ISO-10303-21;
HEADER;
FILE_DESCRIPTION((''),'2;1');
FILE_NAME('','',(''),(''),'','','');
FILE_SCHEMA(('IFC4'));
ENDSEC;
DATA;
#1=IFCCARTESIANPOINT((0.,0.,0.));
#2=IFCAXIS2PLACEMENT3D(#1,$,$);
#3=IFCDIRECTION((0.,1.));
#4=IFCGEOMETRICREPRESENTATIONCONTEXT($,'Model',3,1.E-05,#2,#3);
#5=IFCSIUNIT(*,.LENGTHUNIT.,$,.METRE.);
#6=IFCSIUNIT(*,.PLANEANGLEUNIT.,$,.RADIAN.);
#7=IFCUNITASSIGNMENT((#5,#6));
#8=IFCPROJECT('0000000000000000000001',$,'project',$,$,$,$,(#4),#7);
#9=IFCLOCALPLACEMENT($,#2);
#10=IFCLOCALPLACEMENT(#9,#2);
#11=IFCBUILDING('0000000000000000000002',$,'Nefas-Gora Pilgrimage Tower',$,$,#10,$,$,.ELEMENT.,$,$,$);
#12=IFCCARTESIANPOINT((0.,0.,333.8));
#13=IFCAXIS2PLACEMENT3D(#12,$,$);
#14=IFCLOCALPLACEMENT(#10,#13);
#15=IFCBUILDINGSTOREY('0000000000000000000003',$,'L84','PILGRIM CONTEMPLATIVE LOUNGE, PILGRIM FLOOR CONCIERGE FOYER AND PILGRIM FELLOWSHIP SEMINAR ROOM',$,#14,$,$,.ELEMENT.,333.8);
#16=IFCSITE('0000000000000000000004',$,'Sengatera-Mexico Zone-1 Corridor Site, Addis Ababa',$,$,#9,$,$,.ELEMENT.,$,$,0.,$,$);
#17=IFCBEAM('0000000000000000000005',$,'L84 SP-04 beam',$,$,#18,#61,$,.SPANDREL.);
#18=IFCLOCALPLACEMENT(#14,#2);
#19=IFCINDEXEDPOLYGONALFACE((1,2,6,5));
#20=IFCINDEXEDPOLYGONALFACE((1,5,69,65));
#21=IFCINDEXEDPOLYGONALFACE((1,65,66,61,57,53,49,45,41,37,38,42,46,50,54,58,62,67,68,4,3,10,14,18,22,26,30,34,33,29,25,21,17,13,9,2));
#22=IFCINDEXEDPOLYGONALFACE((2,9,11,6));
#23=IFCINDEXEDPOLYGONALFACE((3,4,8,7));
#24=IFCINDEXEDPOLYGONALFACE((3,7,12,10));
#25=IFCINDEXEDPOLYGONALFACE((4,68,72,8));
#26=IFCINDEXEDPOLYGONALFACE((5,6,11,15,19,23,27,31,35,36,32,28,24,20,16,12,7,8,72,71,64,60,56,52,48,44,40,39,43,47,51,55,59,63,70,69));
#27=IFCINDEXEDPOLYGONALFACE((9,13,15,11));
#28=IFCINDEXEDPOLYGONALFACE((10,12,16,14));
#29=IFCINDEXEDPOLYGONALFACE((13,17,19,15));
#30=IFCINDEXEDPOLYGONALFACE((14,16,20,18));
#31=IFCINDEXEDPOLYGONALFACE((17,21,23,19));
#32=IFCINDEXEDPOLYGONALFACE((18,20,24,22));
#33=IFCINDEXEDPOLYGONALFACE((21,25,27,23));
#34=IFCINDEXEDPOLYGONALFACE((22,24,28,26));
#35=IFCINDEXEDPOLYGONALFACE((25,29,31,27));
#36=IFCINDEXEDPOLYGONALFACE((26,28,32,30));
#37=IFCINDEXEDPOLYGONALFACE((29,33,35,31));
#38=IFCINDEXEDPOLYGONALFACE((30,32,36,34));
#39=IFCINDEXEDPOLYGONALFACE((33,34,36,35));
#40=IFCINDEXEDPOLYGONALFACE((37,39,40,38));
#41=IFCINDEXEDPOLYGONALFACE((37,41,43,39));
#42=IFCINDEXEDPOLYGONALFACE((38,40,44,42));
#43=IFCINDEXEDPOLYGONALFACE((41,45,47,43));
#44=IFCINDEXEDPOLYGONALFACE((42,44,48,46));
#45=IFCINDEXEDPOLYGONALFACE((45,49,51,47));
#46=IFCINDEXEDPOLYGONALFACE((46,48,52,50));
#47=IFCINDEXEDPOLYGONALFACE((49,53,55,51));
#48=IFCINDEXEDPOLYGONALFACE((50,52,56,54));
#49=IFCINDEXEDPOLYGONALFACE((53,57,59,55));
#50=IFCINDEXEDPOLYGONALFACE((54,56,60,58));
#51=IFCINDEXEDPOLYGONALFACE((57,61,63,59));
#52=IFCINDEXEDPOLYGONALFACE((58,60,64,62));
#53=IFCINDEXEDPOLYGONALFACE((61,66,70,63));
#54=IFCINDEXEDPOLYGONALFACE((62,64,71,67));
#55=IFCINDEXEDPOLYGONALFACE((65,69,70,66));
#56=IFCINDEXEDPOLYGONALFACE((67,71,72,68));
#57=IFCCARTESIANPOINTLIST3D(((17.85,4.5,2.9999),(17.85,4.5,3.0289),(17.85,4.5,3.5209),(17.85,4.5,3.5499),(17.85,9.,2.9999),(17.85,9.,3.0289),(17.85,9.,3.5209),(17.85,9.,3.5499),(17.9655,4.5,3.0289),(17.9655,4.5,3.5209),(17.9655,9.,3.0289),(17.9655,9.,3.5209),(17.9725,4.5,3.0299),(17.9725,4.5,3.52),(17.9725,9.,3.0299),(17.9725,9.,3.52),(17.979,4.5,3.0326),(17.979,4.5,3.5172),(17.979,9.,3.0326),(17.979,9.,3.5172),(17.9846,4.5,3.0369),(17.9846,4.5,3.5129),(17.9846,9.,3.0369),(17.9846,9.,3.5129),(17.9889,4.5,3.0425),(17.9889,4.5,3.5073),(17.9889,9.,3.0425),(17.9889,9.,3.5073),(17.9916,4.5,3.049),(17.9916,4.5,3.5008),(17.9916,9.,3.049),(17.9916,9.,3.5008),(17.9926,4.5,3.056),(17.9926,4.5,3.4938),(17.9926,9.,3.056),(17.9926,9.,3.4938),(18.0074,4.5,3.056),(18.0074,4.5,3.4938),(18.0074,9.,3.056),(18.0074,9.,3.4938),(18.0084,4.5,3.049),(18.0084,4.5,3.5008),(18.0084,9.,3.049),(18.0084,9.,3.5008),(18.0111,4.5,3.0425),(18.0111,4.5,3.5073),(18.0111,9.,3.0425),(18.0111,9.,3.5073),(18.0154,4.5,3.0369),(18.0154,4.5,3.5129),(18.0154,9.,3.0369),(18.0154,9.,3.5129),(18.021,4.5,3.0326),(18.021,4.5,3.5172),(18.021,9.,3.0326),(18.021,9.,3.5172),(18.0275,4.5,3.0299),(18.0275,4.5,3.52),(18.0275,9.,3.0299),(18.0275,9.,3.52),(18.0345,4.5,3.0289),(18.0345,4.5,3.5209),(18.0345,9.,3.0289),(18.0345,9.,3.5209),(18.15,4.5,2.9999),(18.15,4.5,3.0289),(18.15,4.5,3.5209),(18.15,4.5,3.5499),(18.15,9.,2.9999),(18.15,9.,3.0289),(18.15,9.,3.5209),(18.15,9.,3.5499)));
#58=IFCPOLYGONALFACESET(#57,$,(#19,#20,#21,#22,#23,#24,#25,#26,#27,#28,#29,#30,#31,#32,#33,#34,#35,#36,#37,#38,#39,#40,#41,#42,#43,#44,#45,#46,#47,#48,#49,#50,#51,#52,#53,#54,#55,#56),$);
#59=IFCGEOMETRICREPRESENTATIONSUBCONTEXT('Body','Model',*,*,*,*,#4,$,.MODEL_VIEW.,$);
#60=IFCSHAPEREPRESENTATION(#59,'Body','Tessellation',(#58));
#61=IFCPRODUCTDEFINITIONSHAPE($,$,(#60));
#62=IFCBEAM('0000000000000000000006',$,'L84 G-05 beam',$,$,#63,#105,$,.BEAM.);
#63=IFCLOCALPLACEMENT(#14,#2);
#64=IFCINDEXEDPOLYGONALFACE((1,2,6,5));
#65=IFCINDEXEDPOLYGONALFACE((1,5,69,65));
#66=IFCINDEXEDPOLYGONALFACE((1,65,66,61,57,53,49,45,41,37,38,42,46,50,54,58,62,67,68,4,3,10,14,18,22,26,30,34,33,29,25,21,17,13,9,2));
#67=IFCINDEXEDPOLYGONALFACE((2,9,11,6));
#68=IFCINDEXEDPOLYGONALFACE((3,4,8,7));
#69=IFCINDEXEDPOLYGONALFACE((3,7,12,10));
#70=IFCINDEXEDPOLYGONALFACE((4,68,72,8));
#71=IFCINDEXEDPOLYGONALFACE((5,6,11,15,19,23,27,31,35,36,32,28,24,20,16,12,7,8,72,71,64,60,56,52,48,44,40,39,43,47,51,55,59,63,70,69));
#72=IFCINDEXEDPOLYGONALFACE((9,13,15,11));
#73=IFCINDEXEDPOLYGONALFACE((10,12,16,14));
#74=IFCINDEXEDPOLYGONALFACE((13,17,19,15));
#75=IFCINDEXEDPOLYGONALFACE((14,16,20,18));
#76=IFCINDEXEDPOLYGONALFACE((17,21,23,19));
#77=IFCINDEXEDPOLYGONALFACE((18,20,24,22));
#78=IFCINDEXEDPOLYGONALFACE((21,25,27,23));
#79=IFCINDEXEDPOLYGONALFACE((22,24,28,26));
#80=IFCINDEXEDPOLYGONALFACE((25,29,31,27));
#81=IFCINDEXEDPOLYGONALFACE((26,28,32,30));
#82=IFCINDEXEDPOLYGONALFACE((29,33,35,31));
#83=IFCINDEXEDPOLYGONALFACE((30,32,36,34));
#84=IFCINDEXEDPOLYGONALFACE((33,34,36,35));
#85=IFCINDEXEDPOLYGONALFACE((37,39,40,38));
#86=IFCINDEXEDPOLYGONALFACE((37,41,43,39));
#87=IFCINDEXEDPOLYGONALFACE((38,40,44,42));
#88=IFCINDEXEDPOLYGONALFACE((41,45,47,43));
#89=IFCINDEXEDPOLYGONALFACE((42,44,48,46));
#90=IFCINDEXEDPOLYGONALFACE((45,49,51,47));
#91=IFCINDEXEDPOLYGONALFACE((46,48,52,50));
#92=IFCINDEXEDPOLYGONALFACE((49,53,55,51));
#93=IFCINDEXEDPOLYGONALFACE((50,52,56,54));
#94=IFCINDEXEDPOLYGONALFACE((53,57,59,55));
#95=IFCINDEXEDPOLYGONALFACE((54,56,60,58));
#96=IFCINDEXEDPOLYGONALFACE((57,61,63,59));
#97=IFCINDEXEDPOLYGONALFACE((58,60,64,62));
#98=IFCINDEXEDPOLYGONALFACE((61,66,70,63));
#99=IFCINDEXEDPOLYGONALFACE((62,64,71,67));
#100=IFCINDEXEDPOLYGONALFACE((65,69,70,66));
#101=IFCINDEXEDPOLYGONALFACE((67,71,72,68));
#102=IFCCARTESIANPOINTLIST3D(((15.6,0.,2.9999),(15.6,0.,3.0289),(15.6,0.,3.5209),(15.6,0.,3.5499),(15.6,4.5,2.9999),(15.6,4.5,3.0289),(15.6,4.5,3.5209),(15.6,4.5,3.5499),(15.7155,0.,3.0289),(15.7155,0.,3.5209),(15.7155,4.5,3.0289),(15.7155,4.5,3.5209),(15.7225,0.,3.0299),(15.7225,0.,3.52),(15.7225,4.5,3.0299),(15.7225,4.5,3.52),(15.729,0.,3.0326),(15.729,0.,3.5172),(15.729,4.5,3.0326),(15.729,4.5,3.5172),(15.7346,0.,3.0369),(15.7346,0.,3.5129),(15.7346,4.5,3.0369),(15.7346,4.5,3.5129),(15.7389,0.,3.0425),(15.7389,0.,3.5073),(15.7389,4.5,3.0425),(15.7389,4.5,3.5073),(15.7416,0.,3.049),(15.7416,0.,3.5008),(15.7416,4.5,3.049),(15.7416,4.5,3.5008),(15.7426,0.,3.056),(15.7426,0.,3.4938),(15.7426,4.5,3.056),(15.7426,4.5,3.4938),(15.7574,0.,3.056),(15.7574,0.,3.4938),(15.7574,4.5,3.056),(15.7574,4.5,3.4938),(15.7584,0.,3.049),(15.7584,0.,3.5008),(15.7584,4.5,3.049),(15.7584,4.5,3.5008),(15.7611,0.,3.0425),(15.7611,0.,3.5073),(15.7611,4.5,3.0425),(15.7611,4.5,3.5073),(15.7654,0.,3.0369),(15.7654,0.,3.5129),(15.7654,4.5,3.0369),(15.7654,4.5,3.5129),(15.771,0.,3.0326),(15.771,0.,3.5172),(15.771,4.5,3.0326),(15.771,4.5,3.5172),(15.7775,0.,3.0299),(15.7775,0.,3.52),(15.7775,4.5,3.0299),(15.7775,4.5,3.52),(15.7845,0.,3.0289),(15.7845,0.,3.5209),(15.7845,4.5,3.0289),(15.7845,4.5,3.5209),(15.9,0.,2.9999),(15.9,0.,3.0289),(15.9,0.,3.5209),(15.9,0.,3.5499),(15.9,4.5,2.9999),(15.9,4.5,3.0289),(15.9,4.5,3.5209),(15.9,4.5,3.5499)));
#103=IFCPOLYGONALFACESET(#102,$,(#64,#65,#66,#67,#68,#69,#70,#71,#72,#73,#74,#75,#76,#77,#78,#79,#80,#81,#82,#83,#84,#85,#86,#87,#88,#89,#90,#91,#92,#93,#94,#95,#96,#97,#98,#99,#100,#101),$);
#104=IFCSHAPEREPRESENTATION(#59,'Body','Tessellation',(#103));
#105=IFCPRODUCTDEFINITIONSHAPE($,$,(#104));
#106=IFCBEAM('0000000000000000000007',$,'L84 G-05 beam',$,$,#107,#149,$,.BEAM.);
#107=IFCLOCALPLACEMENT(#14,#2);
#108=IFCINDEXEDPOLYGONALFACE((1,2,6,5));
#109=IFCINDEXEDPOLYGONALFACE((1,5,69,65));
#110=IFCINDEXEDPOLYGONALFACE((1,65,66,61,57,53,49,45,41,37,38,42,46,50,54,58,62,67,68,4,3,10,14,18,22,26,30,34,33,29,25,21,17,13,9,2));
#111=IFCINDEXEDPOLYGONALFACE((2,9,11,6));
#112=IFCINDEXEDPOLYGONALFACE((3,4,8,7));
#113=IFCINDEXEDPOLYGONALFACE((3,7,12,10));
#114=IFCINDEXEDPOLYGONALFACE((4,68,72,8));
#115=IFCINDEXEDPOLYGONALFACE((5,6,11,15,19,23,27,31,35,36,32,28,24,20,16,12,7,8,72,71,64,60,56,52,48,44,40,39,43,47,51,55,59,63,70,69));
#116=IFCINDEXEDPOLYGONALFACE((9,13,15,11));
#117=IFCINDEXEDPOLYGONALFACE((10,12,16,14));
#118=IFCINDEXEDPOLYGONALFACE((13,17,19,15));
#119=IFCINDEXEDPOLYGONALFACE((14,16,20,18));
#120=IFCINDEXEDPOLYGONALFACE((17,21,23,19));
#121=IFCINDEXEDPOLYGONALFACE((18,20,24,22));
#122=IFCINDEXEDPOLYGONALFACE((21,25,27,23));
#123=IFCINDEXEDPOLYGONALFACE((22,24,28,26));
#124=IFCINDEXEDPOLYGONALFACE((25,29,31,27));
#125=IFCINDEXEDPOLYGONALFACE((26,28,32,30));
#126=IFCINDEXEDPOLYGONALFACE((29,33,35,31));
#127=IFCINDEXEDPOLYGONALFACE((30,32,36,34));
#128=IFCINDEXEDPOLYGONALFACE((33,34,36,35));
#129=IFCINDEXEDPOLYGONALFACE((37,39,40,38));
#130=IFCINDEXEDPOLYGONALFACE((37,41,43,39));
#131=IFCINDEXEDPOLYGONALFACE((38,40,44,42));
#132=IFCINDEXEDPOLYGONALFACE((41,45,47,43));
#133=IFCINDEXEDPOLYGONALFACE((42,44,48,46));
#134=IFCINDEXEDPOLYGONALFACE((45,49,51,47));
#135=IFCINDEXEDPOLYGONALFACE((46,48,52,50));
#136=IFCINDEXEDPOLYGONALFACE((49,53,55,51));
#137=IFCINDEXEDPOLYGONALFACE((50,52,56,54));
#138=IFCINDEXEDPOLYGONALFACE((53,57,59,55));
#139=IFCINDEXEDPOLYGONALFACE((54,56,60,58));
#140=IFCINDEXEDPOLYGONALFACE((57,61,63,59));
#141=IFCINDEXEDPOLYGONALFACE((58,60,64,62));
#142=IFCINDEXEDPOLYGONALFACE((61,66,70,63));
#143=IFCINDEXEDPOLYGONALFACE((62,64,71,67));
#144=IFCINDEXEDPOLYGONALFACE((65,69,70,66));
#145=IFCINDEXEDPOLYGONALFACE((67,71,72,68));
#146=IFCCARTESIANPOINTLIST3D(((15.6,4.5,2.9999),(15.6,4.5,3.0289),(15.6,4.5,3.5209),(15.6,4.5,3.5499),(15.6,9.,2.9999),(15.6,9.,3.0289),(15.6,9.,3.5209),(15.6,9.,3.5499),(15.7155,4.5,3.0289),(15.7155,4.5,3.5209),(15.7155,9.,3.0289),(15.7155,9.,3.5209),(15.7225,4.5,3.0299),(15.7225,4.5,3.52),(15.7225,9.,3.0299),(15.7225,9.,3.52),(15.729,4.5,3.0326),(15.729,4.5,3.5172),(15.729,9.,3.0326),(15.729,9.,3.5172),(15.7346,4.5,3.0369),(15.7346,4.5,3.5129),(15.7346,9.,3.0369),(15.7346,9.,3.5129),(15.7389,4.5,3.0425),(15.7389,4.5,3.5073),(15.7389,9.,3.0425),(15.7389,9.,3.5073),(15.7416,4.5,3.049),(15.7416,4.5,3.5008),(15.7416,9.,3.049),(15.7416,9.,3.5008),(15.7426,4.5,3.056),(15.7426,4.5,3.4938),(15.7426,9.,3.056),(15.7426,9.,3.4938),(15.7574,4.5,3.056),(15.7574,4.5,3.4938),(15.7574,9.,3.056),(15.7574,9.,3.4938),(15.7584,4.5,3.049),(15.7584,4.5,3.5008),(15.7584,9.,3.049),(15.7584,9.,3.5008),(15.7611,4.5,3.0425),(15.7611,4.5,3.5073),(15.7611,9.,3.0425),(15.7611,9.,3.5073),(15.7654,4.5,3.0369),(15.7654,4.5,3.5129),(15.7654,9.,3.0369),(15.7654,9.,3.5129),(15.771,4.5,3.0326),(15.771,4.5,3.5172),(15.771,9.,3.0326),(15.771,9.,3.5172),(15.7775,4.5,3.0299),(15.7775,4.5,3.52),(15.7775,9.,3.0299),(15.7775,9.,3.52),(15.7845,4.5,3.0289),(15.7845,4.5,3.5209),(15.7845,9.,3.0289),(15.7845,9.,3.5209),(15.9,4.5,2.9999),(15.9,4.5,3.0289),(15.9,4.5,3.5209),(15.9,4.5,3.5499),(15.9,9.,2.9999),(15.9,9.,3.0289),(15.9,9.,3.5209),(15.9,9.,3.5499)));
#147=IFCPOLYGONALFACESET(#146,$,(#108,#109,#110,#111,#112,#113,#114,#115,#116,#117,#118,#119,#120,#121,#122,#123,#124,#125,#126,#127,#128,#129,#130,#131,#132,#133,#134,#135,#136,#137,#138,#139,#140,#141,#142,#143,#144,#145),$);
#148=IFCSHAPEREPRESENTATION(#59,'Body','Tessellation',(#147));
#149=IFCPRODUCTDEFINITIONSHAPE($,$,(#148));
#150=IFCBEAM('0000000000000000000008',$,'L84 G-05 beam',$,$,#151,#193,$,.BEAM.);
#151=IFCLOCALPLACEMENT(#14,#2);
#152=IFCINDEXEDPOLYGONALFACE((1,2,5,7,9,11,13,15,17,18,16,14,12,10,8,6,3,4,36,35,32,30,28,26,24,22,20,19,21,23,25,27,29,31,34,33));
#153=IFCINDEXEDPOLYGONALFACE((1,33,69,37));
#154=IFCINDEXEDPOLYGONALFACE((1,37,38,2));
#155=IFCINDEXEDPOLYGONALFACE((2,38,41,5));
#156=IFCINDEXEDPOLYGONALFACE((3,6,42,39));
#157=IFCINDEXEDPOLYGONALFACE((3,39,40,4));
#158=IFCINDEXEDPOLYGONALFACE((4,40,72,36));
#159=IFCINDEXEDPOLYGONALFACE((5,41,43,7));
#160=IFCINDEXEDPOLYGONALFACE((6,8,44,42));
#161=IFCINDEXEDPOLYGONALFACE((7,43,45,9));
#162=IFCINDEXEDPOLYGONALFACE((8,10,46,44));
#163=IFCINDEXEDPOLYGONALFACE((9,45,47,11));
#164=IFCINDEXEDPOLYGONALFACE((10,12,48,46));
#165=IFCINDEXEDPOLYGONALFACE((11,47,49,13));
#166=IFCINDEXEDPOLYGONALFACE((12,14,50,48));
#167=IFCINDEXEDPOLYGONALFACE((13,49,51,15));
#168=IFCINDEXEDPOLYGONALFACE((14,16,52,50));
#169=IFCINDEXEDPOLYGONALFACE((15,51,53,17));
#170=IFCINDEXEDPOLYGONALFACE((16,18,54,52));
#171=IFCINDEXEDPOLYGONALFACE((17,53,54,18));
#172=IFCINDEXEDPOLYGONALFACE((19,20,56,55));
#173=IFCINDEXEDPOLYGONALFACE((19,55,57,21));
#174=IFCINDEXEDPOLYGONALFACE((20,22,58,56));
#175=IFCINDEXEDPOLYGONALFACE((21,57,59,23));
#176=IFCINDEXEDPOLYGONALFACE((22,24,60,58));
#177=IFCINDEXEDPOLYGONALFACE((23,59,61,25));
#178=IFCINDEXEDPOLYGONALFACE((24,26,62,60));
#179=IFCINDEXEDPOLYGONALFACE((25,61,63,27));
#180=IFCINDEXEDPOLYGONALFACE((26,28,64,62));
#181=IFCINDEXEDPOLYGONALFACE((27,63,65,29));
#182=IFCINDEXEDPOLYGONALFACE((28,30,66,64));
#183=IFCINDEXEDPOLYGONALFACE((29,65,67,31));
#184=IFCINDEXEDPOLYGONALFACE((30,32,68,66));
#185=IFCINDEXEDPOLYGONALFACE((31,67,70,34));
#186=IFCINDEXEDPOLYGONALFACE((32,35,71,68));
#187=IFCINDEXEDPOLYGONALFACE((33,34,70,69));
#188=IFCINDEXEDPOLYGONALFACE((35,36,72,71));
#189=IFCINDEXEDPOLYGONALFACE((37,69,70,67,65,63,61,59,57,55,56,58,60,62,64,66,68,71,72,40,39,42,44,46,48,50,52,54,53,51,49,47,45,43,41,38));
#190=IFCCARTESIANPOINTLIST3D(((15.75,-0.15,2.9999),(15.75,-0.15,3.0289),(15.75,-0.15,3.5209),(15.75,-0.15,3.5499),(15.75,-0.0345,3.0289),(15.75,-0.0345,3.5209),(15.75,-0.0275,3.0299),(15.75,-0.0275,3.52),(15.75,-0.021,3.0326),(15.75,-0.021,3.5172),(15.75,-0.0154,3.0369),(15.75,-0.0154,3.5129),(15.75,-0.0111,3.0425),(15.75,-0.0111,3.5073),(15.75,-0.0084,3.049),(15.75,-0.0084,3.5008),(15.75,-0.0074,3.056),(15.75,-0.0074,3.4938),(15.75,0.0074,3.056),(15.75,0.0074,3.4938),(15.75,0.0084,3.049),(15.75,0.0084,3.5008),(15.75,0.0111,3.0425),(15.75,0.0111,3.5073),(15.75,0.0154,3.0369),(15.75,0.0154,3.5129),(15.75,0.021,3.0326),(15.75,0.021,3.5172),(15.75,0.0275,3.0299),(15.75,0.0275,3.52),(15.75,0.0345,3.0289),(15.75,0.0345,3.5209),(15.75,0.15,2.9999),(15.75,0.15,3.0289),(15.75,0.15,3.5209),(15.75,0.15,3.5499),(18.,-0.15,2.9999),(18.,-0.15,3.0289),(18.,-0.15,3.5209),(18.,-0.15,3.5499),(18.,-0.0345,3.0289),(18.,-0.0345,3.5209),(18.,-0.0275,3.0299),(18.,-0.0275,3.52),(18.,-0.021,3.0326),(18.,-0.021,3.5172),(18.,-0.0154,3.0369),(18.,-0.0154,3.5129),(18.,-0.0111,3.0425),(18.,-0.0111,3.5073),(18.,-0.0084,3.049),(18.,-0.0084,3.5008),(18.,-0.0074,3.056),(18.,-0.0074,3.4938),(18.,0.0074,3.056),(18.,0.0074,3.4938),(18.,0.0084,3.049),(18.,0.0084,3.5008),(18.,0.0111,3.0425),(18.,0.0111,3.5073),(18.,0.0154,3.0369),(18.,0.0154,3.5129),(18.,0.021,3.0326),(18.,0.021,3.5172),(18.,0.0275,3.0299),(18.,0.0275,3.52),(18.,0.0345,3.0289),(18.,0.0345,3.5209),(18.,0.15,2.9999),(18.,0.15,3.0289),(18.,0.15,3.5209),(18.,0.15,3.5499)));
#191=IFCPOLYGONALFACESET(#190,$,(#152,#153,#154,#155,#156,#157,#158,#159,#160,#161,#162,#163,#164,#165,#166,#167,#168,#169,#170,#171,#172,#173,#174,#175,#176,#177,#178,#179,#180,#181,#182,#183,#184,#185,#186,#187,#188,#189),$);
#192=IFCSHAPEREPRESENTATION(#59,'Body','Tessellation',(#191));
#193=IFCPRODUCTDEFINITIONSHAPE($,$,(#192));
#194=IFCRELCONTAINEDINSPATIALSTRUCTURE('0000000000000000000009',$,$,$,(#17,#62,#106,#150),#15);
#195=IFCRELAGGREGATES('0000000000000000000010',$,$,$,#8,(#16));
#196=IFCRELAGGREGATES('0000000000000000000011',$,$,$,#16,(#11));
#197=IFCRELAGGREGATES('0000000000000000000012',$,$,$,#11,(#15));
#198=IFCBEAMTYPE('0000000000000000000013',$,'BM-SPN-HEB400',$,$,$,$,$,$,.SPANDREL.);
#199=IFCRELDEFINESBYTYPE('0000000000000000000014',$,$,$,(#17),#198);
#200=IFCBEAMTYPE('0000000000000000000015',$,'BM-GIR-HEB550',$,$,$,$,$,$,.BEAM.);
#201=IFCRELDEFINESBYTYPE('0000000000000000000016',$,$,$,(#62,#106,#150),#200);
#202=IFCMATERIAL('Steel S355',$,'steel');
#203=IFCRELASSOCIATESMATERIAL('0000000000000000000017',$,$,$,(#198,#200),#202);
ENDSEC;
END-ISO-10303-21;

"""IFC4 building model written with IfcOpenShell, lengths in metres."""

from ifc_helpers import new_model, si_unit, direction, frame, origin, origin_2d, place, context, subcontext, project, spatial, i_section, extrude, source, transform, mapped, material, material_profile, profile_set, type_object, element, save


model = new_model("IFC4")

# Units and contexts
model_context = context("Model", 3, precision=1e-05, world=origin(), true_north=direction((0.0, 1.0)))
body_context = subcontext(model_context, "Body", "Model", "MODEL_VIEW")
ifc_project = project(units=[si_unit("LENGTHUNIT", "METRE"), si_unit("PLANEANGLEUNIT", "RADIAN")], contexts=[model_context])

# Site, building, storey
site_placement = place(None, origin())
site = spatial("IfcSite", under=ifc_project, at=site_placement, Name="Sengatera-Mexico Zone-1 Corridor Site, Addis Ababa", CompositionType="ELEMENT", RefElevation=0.0)
building_placement = place(site_placement, origin())
building = spatial("IfcBuilding", under=site, at=building_placement, Name="Nefas-Gora Pilgrimage Tower", CompositionType="ELEMENT")
storey_placement = place(building_placement, frame((0.0, 0.0, 333.8)))
storey = spatial("IfcBuildingStorey", under=building, at=storey_placement, Name="L84", Description="PILGRIM CONTEMPLATIVE LOUNGE, PILGRIM FLOOR CONCIERGE FOYER AND PILGRIM FELLOWSHIP SEMINAR ROOM", CompositionType="ELEMENT", Elevation=333.8)

# Shared definitions
ifc_material_1 = material(Name="Steel S355", Category="steel")

# Beams
ifc_material_profile_1 = material_profile(ifc_material_1, i_section(OverallWidth=0.3, OverallDepth=0.55, WebThickness=0.0149, FlangeThickness=0.0291, FilletRadius=0.0271, at=origin_2d()), Name="HEB 550")
ifc_profile_set_1 = profile_set([ifc_material_profile_1], Name="Steel S355")
beam_type_1 = type_object("IfcBeamType", Name="BM-SPN-HEB400", PredefinedType="SPANDREL", material=ifc_profile_set_1)
shared_shape_1 = source(origin(), body_context, "Body", "SweptSolid", [
    extrude(i_section(OverallWidth=0.3, OverallDepth=0.55, WebThickness=0.0149, FlangeThickness=0.0291, FilletRadius=0.0271, at=origin_2d()), origin(), (0.0, 0.0, 1.0), 4.5),
])
for number, where, z_axis, x_axis, name in (
    (1, (18.0, 4.5, 3.2749), (0.0, 1.0, 0.0), (-1.0, 0.0, 0.0), "L84 SP-04 beam"),
):
    element("IfcBeam", number, at=place(storey_placement, frame(where, z_axis=z_axis, x_axis=x_axis)), inside=storey, type_object=beam_type_1, Name=name, PredefinedType="SPANDREL", context=body_context, shape_type="MappedRepresentation", body=[
        mapped(shared_shape_1, transform((0.0, 0.0, 0.0), x_axis=(1.0, 0.0, 0.0), y_axis=(0.0, 1.0, 0.0), z_axis=(0.0, 0.0, 1.0), scale=1.0)),
    ])
ifc_material_profile_2 = material_profile(ifc_material_1, i_section(OverallWidth=0.3, OverallDepth=0.55, WebThickness=0.0149, FlangeThickness=0.0291, FilletRadius=0.0271, at=origin_2d()), Name="HEB 550")
ifc_profile_set_2 = profile_set([ifc_material_profile_2], Name="Steel S355")
beam_type_2 = type_object("IfcBeamType", Name="BM-GIR-HEB550", PredefinedType="BEAM", material=ifc_profile_set_2)
shared_shape_2 = source(origin(), body_context, "Body", "SweptSolid", [
    extrude(i_section(OverallWidth=0.3, OverallDepth=0.55, WebThickness=0.0149, FlangeThickness=0.0291, FilletRadius=0.0271, at=origin_2d()), origin(), (0.0, 0.0, 1.0), 4.5),
])
for number, where, z_axis, x_axis, name in (
    (2, (15.75, 0.0, 3.2749), (0.0, 1.0, 0.0), (-1.0, 0.0, 0.0), "L84 G-05 beam"),
    (3, (15.75, 4.5, 3.2749), (0.0, 1.0, 0.0), (-1.0, 0.0, 0.0), "L84 G-05 beam"),
):
    element("IfcBeam", number, at=place(storey_placement, frame(where, z_axis=z_axis, x_axis=x_axis)), inside=storey, type_object=beam_type_2, Name=name, PredefinedType="BEAM", context=body_context, shape_type="MappedRepresentation", body=[
        mapped(shared_shape_2, transform((0.0, 0.0, 0.0), x_axis=(1.0, 0.0, 0.0), y_axis=(0.0, 1.0, 0.0), z_axis=(0.0, 0.0, 1.0), scale=1.0)),
    ])
shared_shape_3 = source(origin(), body_context, "Body", "SweptSolid", [
    extrude(i_section(OverallWidth=0.3, OverallDepth=0.55, WebThickness=0.0149, FlangeThickness=0.0291, FilletRadius=0.0271, at=origin_2d()), origin(), (0.0, 0.0, 1.0), 2.25),
])
for number, where, z_axis, x_axis, name in (
    (4, (15.75, 0.0, 3.2749), (1.0, 0.0, 0.0), (0.0, 1.0, 0.0), "L84 G-05 beam"),
):
    element("IfcBeam", number, at=place(storey_placement, frame(where, z_axis=z_axis, x_axis=x_axis)), inside=storey, type_object=beam_type_2, Name=name, PredefinedType="BEAM", context=body_context, shape_type="MappedRepresentation", body=[
        mapped(shared_shape_3, transform((0.0, 0.0, 0.0), x_axis=(1.0, 0.0, 0.0), y_axis=(0.0, 1.0, 0.0), z_axis=(0.0, 0.0, 1.0), scale=1.0)),
    ])

save(model, "model.ifc")
